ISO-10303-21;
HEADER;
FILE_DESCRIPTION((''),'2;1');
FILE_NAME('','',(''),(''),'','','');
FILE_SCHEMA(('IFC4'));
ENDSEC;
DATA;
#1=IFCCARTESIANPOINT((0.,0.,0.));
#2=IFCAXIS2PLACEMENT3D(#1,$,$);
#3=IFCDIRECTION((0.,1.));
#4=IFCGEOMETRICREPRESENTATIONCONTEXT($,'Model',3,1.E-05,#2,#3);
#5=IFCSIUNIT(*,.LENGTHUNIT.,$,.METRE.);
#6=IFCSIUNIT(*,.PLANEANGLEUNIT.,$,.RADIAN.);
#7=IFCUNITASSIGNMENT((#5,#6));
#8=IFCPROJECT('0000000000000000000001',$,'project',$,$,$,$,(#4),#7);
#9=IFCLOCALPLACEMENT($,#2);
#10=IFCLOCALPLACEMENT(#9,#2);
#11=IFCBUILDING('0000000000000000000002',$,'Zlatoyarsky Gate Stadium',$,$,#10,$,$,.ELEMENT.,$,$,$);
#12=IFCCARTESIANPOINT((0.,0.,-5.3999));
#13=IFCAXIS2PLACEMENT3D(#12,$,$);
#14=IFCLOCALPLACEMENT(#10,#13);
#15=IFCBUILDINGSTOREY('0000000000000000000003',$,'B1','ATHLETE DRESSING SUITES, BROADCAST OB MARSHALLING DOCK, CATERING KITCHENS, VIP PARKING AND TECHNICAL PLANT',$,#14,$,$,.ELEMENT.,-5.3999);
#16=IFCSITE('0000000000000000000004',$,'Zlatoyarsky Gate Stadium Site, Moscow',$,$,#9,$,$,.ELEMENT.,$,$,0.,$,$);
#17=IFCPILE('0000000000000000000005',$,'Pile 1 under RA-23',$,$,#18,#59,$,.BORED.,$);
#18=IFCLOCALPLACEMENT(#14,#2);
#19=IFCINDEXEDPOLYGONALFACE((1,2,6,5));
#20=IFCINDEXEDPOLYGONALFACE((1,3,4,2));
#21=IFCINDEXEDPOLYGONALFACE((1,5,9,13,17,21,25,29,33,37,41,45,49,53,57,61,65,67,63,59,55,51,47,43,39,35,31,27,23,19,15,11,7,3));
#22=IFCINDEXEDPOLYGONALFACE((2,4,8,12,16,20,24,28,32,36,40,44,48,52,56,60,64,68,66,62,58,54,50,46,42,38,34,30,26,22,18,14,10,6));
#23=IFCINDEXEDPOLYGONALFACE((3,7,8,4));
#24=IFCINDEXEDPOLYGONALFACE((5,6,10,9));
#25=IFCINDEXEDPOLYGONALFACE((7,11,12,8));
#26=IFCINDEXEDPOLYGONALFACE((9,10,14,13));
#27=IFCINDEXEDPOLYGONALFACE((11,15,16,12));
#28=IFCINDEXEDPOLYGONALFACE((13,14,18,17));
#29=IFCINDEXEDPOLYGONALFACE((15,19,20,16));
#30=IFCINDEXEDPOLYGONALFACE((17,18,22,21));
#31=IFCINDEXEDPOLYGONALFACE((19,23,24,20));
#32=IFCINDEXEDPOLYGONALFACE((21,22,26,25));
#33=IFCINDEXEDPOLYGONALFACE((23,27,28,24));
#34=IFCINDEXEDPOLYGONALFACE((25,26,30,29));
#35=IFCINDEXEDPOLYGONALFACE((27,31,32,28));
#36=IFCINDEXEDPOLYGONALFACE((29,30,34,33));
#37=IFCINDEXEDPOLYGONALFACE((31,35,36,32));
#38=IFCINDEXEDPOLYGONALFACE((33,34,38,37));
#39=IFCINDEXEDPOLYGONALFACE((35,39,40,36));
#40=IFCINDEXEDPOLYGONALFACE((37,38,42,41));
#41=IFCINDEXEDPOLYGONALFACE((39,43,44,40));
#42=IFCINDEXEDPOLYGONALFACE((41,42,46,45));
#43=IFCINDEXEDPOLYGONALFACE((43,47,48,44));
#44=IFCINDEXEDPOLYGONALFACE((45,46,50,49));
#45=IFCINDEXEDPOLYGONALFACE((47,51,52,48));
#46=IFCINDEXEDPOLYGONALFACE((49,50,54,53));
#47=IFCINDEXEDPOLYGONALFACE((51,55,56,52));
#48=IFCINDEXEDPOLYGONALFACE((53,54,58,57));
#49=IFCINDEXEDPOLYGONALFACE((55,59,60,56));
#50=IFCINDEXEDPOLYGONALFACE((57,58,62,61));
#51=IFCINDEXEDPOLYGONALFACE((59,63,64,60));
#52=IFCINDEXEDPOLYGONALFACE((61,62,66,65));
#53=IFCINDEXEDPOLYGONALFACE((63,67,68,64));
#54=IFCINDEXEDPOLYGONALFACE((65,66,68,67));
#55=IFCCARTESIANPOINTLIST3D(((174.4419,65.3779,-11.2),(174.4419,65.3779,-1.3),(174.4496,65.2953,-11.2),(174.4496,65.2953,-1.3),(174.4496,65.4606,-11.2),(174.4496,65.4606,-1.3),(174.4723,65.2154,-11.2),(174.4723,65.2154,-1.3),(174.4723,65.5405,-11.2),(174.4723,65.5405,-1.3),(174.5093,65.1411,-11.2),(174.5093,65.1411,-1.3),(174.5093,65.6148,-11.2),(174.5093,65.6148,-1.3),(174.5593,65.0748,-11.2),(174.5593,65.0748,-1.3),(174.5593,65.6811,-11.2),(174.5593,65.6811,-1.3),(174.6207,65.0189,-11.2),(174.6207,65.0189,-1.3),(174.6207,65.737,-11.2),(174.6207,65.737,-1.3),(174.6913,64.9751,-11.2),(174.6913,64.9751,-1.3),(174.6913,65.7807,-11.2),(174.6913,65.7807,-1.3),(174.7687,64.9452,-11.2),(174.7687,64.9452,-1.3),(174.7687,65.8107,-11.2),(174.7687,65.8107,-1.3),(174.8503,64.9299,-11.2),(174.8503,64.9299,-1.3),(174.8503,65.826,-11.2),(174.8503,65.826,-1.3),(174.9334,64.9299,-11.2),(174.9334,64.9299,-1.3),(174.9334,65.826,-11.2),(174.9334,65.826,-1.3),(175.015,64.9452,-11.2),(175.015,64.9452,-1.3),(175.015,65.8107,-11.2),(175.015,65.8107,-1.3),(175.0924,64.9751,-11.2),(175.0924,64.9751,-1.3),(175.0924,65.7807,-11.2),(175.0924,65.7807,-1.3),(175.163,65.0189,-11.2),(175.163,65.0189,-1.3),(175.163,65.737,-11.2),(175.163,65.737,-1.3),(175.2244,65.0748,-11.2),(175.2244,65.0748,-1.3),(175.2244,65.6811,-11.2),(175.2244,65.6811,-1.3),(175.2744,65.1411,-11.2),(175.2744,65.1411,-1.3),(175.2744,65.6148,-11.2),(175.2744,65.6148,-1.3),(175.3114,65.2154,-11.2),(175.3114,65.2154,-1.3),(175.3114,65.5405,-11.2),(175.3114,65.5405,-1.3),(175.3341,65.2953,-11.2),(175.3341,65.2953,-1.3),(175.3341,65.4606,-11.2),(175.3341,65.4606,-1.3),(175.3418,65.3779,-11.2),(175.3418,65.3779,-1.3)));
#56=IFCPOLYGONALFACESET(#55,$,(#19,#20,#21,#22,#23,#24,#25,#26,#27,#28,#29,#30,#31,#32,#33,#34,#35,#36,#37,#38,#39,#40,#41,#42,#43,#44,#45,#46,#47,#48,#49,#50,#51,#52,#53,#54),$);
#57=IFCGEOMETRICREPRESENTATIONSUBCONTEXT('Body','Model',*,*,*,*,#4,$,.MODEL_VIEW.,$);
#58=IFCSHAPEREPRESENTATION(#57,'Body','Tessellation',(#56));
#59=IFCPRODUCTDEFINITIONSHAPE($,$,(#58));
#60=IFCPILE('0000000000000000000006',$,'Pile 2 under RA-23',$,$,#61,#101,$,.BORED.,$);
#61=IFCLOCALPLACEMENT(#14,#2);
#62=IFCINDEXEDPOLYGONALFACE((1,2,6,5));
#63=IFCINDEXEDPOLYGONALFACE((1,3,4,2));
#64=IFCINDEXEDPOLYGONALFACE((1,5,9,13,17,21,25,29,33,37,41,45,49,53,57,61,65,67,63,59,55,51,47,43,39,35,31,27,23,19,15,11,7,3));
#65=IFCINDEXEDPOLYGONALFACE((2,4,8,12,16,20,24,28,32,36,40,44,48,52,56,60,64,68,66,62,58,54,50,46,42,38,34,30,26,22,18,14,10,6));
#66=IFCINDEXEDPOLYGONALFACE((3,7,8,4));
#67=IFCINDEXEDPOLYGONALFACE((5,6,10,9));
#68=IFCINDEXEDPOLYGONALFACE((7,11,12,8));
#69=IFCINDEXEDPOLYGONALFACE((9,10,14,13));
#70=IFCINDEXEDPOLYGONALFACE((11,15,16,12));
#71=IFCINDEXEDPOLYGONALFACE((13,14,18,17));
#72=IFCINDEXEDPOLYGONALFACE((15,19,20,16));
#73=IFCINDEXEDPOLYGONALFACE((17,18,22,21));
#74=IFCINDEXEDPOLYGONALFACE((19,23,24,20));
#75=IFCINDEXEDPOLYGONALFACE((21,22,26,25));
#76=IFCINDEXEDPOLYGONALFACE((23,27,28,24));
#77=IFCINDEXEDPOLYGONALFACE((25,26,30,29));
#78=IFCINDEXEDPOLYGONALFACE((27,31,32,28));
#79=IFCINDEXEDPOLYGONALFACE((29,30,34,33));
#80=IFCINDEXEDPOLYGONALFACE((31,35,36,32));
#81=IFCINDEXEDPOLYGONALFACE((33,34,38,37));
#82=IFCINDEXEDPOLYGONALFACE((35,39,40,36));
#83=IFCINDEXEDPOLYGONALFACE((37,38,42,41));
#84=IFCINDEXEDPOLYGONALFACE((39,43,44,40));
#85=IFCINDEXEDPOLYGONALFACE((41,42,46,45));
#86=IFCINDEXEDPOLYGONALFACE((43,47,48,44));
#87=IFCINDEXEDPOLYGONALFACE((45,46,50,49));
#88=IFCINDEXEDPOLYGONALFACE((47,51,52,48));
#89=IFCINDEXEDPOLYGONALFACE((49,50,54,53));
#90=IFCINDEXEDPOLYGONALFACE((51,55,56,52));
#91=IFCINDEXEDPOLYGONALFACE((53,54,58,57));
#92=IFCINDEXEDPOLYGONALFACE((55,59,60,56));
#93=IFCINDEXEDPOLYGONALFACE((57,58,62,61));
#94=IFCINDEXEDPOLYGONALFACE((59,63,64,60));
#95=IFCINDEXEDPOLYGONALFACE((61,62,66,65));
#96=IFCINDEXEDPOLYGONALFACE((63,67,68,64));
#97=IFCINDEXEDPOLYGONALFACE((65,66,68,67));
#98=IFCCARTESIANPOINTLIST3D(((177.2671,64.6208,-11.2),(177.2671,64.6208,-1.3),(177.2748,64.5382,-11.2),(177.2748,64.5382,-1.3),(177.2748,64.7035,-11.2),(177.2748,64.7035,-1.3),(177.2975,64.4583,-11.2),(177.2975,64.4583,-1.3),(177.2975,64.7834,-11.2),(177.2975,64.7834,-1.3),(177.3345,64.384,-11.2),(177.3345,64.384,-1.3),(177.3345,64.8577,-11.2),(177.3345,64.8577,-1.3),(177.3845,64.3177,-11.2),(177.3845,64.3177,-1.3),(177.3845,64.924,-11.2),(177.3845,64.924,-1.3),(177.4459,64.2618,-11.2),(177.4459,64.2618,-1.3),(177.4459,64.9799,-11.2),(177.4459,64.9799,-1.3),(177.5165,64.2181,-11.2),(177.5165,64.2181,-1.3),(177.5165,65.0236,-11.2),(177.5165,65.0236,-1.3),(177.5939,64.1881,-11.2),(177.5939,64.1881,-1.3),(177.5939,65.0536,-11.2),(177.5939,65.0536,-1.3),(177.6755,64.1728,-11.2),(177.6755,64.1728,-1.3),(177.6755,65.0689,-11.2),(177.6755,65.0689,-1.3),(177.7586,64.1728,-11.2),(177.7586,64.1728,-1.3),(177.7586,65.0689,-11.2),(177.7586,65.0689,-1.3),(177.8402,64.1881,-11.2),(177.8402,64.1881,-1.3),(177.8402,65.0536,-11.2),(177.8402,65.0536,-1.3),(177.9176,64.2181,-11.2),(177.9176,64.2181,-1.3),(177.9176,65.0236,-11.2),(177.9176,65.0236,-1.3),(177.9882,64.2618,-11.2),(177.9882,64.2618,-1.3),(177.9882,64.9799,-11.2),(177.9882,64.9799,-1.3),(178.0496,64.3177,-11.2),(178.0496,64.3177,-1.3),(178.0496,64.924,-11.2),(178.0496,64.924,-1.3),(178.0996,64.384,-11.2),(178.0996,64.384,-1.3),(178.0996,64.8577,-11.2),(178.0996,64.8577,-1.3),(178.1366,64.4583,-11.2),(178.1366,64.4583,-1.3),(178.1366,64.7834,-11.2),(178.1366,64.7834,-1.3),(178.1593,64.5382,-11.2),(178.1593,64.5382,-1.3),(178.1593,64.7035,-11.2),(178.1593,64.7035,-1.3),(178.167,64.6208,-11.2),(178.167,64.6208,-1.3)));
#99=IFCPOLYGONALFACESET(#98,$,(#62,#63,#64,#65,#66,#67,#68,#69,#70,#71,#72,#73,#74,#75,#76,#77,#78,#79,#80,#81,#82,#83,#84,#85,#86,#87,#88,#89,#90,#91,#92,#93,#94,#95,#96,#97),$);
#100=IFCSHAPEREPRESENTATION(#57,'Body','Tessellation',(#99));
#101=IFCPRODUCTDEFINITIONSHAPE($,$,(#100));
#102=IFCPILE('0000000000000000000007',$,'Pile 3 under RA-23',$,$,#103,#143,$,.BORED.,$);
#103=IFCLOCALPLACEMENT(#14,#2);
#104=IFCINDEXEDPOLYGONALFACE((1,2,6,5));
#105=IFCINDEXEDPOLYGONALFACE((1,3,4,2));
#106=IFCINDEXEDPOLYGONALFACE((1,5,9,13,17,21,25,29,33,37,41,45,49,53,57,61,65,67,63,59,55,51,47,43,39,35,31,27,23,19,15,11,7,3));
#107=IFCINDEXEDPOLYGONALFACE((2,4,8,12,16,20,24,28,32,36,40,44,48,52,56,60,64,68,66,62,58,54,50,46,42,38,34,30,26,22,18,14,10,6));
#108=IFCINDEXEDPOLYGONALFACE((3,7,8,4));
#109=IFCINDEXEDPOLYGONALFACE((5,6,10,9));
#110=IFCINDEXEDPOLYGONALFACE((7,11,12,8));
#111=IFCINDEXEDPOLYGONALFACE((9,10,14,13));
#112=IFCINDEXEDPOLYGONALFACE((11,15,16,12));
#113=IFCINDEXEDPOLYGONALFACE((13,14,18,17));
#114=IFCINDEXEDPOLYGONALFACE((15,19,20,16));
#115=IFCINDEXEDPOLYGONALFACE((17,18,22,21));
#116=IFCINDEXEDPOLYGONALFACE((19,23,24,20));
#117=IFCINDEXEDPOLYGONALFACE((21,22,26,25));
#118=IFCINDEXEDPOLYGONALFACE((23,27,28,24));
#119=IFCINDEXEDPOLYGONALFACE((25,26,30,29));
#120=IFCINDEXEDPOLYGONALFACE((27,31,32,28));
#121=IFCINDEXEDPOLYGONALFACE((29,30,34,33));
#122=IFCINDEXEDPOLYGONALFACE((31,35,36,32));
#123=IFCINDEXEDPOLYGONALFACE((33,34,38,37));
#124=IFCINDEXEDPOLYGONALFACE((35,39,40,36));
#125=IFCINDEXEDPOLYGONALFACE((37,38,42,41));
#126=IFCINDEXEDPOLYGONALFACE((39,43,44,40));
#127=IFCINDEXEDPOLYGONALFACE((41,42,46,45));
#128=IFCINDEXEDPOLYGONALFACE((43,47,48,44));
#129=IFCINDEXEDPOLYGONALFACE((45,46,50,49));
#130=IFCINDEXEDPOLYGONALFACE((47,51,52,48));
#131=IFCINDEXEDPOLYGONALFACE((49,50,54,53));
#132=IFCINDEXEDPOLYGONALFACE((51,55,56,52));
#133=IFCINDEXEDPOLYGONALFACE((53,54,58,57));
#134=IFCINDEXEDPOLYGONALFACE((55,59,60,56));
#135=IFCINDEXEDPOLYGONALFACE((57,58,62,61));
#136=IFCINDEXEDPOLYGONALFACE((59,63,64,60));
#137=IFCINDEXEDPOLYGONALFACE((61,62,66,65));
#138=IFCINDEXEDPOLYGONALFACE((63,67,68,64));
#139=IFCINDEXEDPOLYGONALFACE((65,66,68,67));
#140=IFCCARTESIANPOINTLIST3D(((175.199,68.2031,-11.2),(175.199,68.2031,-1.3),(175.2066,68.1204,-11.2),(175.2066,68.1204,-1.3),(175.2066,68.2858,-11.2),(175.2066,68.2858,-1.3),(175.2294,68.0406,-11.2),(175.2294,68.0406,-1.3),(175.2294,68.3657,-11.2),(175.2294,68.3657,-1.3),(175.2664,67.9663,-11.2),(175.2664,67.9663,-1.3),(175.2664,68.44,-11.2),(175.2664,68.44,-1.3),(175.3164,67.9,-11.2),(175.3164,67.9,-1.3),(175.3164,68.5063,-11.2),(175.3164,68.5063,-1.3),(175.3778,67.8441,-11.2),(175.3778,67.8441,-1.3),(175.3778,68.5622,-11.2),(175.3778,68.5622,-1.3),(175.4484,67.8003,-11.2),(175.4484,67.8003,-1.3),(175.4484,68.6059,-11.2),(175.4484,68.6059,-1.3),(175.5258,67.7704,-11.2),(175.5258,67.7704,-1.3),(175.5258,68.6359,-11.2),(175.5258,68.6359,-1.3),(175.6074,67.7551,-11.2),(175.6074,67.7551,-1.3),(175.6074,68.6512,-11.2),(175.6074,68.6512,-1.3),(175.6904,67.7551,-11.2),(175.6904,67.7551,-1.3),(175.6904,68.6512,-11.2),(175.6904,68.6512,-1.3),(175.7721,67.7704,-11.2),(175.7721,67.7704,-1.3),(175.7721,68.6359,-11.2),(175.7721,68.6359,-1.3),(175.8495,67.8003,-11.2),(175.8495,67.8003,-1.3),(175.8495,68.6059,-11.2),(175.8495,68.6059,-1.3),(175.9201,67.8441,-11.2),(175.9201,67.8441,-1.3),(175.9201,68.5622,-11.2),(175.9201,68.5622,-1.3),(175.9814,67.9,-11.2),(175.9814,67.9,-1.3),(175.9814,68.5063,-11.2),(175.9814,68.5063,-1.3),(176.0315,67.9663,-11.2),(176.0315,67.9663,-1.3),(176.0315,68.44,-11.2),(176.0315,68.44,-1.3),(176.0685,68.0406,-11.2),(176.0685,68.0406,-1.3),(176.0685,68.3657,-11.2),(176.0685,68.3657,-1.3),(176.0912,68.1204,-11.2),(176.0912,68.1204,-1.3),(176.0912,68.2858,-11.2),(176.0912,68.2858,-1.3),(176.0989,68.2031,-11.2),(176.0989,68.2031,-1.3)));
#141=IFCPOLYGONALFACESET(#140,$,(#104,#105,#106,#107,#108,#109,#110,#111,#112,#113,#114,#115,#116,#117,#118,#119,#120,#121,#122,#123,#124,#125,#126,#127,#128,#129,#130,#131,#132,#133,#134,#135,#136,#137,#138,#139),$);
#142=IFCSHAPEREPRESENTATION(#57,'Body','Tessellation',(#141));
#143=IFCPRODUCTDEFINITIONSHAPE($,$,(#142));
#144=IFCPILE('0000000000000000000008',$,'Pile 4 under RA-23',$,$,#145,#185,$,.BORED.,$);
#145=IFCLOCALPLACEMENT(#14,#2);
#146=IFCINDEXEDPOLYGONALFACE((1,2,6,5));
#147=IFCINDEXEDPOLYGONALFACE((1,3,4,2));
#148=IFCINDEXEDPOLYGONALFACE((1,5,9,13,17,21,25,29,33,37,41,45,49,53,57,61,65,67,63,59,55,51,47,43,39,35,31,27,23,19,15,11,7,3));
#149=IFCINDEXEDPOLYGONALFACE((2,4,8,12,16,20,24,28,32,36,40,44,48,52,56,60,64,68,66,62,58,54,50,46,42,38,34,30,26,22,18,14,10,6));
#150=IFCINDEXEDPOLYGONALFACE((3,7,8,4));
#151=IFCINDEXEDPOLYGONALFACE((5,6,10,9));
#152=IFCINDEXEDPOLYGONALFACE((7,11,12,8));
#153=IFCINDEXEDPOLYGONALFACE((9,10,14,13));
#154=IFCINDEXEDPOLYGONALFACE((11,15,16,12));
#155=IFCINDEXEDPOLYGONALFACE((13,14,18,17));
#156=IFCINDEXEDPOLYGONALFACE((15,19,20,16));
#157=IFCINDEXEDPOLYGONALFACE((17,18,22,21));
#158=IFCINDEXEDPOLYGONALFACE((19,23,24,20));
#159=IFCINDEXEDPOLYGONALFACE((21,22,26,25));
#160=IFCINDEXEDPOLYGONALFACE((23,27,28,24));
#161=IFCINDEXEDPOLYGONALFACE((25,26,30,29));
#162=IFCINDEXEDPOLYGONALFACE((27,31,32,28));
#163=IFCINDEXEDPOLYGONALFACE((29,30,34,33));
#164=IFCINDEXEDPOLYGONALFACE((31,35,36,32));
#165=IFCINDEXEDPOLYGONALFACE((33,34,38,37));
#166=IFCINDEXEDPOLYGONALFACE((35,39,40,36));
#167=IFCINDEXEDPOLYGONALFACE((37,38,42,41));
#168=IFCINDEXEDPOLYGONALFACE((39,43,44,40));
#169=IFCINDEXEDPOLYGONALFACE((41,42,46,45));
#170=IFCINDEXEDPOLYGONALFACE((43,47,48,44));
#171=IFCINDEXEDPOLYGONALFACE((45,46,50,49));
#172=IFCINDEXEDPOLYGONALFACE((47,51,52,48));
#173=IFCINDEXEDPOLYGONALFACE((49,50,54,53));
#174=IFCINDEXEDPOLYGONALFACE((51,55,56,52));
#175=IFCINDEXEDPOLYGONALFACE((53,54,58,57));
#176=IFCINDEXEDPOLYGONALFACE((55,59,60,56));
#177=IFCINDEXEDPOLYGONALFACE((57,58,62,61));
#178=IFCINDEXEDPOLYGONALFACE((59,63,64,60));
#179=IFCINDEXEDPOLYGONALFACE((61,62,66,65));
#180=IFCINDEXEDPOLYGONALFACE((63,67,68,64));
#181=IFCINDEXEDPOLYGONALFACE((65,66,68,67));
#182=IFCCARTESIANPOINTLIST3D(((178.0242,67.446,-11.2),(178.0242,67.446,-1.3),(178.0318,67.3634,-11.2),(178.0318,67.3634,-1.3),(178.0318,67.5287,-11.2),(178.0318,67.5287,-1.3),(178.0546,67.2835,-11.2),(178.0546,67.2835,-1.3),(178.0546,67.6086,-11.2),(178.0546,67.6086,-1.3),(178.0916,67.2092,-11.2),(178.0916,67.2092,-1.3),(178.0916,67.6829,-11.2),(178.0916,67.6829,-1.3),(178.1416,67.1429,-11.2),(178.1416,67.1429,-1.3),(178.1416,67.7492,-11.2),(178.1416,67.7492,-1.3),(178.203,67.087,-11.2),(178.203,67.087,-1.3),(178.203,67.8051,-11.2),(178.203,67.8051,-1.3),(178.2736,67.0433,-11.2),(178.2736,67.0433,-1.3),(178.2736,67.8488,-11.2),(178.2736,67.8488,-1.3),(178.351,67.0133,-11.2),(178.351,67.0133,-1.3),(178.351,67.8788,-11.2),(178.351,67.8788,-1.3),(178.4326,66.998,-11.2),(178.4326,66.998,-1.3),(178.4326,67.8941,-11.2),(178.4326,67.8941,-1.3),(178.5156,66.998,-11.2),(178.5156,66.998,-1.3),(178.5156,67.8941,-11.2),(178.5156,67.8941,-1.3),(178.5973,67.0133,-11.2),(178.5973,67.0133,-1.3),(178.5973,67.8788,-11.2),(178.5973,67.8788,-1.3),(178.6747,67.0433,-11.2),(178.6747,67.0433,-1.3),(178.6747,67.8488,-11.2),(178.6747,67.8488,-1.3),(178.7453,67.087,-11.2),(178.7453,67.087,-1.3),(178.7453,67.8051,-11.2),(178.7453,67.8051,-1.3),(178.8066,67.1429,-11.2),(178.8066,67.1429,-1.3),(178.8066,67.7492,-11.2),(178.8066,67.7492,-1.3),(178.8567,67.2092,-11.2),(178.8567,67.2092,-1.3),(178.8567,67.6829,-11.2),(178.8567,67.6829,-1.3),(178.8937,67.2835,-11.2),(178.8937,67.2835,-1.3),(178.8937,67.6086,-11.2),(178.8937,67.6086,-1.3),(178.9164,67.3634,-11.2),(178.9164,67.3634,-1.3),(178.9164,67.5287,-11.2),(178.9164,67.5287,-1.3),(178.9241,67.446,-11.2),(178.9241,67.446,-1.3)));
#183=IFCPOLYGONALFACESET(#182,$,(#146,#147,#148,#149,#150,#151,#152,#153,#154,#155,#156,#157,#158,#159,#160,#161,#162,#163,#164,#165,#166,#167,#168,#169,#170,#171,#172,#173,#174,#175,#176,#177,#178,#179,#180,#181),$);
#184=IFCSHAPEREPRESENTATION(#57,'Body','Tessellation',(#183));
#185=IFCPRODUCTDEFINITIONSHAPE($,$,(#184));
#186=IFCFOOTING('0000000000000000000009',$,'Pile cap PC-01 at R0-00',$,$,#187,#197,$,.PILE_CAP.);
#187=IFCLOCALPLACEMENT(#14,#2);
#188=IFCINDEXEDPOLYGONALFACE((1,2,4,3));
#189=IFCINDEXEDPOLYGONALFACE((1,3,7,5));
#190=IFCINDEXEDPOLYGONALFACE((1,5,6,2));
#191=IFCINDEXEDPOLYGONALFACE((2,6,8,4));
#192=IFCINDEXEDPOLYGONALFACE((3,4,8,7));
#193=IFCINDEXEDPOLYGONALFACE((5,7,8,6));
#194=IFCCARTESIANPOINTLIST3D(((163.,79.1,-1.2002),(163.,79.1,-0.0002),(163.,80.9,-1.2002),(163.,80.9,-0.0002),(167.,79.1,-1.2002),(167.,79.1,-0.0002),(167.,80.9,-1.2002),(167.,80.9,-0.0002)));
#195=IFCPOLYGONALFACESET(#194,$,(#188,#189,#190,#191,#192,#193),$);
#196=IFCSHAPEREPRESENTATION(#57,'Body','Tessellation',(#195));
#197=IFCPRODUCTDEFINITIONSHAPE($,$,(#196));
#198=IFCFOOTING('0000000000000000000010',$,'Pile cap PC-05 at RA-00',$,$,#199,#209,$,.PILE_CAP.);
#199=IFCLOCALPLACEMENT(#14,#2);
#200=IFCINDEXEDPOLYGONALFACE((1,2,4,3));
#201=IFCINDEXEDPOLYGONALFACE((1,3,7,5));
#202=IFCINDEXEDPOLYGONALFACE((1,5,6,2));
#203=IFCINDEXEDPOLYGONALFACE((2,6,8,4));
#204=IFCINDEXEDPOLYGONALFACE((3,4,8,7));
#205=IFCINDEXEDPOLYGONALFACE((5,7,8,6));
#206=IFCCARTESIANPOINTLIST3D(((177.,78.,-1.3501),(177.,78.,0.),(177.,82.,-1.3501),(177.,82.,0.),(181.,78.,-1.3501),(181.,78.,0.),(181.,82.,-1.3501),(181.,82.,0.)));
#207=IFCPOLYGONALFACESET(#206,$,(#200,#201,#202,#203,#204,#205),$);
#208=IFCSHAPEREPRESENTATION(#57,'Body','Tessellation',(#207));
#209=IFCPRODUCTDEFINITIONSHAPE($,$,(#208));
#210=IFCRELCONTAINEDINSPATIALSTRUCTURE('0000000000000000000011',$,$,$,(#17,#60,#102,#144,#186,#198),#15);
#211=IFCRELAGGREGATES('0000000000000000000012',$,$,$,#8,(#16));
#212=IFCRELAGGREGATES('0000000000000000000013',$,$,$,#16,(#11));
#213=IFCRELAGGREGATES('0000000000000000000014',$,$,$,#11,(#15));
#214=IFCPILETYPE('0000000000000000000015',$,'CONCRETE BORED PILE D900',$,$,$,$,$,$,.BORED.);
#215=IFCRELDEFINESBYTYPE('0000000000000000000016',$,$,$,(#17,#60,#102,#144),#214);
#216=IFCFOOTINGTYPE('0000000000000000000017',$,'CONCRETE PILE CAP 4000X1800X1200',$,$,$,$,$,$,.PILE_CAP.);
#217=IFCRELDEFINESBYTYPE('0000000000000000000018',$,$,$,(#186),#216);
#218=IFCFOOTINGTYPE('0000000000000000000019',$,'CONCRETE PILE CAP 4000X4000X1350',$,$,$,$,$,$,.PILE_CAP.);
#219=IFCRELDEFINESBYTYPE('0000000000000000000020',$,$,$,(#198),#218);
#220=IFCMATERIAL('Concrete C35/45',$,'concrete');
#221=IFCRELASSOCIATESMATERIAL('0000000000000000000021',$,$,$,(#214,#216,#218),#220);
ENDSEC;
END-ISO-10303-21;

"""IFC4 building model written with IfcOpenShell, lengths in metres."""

from ifc_helpers import new_model, si_unit, direction, frame, origin, origin_2d, place, context, subcontext, project, spatial, rectangle, circle, extrude, material, material_profile, profile_set, type_object, element, save


model = new_model("IFC4")

# Units and contexts
model_context = context("Model", 3, precision=1e-05, world=origin(), true_north=direction((0.0, 1.0)))
body_context = subcontext(model_context, "Body", "Model", "MODEL_VIEW")
ifc_project = project(units=[si_unit("LENGTHUNIT", "METRE"), si_unit("PLANEANGLEUNIT", "RADIAN")], contexts=[model_context])

# Site, building, storey
site_placement = place(None, origin())
site = spatial("IfcSite", under=ifc_project, at=site_placement, Name="Zlatoyarsky Gate Stadium Site, Moscow", CompositionType="ELEMENT", RefElevation=0.0)
building_placement = place(site_placement, origin())
building = spatial("IfcBuilding", under=site, at=building_placement, Name="Zlatoyarsky Gate Stadium", CompositionType="ELEMENT")
storey_placement = place(building_placement, frame((0.0, 0.0, -5.3999)))
storey = spatial("IfcBuildingStorey", under=building, at=storey_placement, Name="B1", Description="ATHLETE DRESSING SUITES, BROADCAST OB MARSHALLING DOCK, CATERING KITCHENS, VIP PARKING AND TECHNICAL PLANT", CompositionType="ELEMENT", Elevation=-5.3999)

# Piles
ifc_material_1 = material(Name="Concrete C35/45", Category="concrete")
ifc_material_profile_1 = material_profile(ifc_material_1, circle(Radius=0.45, at=origin_2d()), Name="BORED PILE D900")
ifc_profile_set_1 = profile_set([ifc_material_profile_1], Name="Concrete C35/45")
pile_type_1 = type_object("IfcPileType", Name="CONCRETE BORED PILE D900", PredefinedType="BORED", material=ifc_profile_set_1)
for number, where, z_axis, x_axis, name in (
    (1, (174.8918, 65.3779, -1.3), (0.0, 0.0, -1.0), (1.0, 0.0, 0.0), "Pile 1 under RA-23"),
    (2, (177.717, 64.6208, -1.3), (0.0, 0.0, -1.0), (1.0, 0.0, 0.0), "Pile 2 under RA-23"),
    (3, (175.6489, 68.2031, -1.3), (0.0, 0.0, -1.0), (1.0, 0.0, 0.0), "Pile 3 under RA-23"),
    (4, (178.4741, 67.446, -1.3), (0.0, 0.0, -1.0), (1.0, 0.0, 0.0), "Pile 4 under RA-23"),
):
    element("IfcPile", number, at=place(storey_placement, frame(where, z_axis=z_axis, x_axis=x_axis)), inside=storey, type_object=pile_type_1, Name=name, PredefinedType="BORED", context=body_context, shape_type="SweptSolid", body=[
        extrude(circle(Radius=0.45, at=origin_2d()), origin(), (0.0, 0.0, 1.0), 9.8999),
    ])

# Footings
footing_type_1 = type_object("IfcFootingType", Name="CONCRETE PILE CAP 4000X1800X1200", PredefinedType="PILE_CAP", material=ifc_material_1)
footing_1_placement = place(storey_placement, frame((165.0, 80.0, -1.2002), z_axis=(0.0, 0.0, 1.0), x_axis=(1.0, 0.0, 0.0)))
element("IfcFooting", 5, at=footing_1_placement, inside=storey, type_object=footing_type_1, Name="Pile cap PC-01 at R0-00", PredefinedType="PILE_CAP", context=body_context, shape_type="SweptSolid", body=[
    extrude(rectangle(XDim=4.0, YDim=1.8, at=origin_2d()), origin(), (0.0, 0.0, 1.0), 1.2),
])
footing_type_2 = type_object("IfcFootingType", Name="CONCRETE PILE CAP 4000X4000X1350", PredefinedType="PILE_CAP", material=ifc_material_1)
footing_2_placement = place(storey_placement, frame((179.0, 80.0, -1.3501), z_axis=(0.0, 0.0, 1.0), x_axis=(1.0, 0.0, 0.0)))
element("IfcFooting", 6, at=footing_2_placement, inside=storey, type_object=footing_type_2, Name="Pile cap PC-05 at RA-00", PredefinedType="PILE_CAP", context=body_context, shape_type="SweptSolid", body=[
    extrude(rectangle(XDim=4.0, YDim=4.0, at=origin_2d()), origin(), (0.0, 0.0, 1.0), 1.3501),
])

save(model, "model.ifc")
